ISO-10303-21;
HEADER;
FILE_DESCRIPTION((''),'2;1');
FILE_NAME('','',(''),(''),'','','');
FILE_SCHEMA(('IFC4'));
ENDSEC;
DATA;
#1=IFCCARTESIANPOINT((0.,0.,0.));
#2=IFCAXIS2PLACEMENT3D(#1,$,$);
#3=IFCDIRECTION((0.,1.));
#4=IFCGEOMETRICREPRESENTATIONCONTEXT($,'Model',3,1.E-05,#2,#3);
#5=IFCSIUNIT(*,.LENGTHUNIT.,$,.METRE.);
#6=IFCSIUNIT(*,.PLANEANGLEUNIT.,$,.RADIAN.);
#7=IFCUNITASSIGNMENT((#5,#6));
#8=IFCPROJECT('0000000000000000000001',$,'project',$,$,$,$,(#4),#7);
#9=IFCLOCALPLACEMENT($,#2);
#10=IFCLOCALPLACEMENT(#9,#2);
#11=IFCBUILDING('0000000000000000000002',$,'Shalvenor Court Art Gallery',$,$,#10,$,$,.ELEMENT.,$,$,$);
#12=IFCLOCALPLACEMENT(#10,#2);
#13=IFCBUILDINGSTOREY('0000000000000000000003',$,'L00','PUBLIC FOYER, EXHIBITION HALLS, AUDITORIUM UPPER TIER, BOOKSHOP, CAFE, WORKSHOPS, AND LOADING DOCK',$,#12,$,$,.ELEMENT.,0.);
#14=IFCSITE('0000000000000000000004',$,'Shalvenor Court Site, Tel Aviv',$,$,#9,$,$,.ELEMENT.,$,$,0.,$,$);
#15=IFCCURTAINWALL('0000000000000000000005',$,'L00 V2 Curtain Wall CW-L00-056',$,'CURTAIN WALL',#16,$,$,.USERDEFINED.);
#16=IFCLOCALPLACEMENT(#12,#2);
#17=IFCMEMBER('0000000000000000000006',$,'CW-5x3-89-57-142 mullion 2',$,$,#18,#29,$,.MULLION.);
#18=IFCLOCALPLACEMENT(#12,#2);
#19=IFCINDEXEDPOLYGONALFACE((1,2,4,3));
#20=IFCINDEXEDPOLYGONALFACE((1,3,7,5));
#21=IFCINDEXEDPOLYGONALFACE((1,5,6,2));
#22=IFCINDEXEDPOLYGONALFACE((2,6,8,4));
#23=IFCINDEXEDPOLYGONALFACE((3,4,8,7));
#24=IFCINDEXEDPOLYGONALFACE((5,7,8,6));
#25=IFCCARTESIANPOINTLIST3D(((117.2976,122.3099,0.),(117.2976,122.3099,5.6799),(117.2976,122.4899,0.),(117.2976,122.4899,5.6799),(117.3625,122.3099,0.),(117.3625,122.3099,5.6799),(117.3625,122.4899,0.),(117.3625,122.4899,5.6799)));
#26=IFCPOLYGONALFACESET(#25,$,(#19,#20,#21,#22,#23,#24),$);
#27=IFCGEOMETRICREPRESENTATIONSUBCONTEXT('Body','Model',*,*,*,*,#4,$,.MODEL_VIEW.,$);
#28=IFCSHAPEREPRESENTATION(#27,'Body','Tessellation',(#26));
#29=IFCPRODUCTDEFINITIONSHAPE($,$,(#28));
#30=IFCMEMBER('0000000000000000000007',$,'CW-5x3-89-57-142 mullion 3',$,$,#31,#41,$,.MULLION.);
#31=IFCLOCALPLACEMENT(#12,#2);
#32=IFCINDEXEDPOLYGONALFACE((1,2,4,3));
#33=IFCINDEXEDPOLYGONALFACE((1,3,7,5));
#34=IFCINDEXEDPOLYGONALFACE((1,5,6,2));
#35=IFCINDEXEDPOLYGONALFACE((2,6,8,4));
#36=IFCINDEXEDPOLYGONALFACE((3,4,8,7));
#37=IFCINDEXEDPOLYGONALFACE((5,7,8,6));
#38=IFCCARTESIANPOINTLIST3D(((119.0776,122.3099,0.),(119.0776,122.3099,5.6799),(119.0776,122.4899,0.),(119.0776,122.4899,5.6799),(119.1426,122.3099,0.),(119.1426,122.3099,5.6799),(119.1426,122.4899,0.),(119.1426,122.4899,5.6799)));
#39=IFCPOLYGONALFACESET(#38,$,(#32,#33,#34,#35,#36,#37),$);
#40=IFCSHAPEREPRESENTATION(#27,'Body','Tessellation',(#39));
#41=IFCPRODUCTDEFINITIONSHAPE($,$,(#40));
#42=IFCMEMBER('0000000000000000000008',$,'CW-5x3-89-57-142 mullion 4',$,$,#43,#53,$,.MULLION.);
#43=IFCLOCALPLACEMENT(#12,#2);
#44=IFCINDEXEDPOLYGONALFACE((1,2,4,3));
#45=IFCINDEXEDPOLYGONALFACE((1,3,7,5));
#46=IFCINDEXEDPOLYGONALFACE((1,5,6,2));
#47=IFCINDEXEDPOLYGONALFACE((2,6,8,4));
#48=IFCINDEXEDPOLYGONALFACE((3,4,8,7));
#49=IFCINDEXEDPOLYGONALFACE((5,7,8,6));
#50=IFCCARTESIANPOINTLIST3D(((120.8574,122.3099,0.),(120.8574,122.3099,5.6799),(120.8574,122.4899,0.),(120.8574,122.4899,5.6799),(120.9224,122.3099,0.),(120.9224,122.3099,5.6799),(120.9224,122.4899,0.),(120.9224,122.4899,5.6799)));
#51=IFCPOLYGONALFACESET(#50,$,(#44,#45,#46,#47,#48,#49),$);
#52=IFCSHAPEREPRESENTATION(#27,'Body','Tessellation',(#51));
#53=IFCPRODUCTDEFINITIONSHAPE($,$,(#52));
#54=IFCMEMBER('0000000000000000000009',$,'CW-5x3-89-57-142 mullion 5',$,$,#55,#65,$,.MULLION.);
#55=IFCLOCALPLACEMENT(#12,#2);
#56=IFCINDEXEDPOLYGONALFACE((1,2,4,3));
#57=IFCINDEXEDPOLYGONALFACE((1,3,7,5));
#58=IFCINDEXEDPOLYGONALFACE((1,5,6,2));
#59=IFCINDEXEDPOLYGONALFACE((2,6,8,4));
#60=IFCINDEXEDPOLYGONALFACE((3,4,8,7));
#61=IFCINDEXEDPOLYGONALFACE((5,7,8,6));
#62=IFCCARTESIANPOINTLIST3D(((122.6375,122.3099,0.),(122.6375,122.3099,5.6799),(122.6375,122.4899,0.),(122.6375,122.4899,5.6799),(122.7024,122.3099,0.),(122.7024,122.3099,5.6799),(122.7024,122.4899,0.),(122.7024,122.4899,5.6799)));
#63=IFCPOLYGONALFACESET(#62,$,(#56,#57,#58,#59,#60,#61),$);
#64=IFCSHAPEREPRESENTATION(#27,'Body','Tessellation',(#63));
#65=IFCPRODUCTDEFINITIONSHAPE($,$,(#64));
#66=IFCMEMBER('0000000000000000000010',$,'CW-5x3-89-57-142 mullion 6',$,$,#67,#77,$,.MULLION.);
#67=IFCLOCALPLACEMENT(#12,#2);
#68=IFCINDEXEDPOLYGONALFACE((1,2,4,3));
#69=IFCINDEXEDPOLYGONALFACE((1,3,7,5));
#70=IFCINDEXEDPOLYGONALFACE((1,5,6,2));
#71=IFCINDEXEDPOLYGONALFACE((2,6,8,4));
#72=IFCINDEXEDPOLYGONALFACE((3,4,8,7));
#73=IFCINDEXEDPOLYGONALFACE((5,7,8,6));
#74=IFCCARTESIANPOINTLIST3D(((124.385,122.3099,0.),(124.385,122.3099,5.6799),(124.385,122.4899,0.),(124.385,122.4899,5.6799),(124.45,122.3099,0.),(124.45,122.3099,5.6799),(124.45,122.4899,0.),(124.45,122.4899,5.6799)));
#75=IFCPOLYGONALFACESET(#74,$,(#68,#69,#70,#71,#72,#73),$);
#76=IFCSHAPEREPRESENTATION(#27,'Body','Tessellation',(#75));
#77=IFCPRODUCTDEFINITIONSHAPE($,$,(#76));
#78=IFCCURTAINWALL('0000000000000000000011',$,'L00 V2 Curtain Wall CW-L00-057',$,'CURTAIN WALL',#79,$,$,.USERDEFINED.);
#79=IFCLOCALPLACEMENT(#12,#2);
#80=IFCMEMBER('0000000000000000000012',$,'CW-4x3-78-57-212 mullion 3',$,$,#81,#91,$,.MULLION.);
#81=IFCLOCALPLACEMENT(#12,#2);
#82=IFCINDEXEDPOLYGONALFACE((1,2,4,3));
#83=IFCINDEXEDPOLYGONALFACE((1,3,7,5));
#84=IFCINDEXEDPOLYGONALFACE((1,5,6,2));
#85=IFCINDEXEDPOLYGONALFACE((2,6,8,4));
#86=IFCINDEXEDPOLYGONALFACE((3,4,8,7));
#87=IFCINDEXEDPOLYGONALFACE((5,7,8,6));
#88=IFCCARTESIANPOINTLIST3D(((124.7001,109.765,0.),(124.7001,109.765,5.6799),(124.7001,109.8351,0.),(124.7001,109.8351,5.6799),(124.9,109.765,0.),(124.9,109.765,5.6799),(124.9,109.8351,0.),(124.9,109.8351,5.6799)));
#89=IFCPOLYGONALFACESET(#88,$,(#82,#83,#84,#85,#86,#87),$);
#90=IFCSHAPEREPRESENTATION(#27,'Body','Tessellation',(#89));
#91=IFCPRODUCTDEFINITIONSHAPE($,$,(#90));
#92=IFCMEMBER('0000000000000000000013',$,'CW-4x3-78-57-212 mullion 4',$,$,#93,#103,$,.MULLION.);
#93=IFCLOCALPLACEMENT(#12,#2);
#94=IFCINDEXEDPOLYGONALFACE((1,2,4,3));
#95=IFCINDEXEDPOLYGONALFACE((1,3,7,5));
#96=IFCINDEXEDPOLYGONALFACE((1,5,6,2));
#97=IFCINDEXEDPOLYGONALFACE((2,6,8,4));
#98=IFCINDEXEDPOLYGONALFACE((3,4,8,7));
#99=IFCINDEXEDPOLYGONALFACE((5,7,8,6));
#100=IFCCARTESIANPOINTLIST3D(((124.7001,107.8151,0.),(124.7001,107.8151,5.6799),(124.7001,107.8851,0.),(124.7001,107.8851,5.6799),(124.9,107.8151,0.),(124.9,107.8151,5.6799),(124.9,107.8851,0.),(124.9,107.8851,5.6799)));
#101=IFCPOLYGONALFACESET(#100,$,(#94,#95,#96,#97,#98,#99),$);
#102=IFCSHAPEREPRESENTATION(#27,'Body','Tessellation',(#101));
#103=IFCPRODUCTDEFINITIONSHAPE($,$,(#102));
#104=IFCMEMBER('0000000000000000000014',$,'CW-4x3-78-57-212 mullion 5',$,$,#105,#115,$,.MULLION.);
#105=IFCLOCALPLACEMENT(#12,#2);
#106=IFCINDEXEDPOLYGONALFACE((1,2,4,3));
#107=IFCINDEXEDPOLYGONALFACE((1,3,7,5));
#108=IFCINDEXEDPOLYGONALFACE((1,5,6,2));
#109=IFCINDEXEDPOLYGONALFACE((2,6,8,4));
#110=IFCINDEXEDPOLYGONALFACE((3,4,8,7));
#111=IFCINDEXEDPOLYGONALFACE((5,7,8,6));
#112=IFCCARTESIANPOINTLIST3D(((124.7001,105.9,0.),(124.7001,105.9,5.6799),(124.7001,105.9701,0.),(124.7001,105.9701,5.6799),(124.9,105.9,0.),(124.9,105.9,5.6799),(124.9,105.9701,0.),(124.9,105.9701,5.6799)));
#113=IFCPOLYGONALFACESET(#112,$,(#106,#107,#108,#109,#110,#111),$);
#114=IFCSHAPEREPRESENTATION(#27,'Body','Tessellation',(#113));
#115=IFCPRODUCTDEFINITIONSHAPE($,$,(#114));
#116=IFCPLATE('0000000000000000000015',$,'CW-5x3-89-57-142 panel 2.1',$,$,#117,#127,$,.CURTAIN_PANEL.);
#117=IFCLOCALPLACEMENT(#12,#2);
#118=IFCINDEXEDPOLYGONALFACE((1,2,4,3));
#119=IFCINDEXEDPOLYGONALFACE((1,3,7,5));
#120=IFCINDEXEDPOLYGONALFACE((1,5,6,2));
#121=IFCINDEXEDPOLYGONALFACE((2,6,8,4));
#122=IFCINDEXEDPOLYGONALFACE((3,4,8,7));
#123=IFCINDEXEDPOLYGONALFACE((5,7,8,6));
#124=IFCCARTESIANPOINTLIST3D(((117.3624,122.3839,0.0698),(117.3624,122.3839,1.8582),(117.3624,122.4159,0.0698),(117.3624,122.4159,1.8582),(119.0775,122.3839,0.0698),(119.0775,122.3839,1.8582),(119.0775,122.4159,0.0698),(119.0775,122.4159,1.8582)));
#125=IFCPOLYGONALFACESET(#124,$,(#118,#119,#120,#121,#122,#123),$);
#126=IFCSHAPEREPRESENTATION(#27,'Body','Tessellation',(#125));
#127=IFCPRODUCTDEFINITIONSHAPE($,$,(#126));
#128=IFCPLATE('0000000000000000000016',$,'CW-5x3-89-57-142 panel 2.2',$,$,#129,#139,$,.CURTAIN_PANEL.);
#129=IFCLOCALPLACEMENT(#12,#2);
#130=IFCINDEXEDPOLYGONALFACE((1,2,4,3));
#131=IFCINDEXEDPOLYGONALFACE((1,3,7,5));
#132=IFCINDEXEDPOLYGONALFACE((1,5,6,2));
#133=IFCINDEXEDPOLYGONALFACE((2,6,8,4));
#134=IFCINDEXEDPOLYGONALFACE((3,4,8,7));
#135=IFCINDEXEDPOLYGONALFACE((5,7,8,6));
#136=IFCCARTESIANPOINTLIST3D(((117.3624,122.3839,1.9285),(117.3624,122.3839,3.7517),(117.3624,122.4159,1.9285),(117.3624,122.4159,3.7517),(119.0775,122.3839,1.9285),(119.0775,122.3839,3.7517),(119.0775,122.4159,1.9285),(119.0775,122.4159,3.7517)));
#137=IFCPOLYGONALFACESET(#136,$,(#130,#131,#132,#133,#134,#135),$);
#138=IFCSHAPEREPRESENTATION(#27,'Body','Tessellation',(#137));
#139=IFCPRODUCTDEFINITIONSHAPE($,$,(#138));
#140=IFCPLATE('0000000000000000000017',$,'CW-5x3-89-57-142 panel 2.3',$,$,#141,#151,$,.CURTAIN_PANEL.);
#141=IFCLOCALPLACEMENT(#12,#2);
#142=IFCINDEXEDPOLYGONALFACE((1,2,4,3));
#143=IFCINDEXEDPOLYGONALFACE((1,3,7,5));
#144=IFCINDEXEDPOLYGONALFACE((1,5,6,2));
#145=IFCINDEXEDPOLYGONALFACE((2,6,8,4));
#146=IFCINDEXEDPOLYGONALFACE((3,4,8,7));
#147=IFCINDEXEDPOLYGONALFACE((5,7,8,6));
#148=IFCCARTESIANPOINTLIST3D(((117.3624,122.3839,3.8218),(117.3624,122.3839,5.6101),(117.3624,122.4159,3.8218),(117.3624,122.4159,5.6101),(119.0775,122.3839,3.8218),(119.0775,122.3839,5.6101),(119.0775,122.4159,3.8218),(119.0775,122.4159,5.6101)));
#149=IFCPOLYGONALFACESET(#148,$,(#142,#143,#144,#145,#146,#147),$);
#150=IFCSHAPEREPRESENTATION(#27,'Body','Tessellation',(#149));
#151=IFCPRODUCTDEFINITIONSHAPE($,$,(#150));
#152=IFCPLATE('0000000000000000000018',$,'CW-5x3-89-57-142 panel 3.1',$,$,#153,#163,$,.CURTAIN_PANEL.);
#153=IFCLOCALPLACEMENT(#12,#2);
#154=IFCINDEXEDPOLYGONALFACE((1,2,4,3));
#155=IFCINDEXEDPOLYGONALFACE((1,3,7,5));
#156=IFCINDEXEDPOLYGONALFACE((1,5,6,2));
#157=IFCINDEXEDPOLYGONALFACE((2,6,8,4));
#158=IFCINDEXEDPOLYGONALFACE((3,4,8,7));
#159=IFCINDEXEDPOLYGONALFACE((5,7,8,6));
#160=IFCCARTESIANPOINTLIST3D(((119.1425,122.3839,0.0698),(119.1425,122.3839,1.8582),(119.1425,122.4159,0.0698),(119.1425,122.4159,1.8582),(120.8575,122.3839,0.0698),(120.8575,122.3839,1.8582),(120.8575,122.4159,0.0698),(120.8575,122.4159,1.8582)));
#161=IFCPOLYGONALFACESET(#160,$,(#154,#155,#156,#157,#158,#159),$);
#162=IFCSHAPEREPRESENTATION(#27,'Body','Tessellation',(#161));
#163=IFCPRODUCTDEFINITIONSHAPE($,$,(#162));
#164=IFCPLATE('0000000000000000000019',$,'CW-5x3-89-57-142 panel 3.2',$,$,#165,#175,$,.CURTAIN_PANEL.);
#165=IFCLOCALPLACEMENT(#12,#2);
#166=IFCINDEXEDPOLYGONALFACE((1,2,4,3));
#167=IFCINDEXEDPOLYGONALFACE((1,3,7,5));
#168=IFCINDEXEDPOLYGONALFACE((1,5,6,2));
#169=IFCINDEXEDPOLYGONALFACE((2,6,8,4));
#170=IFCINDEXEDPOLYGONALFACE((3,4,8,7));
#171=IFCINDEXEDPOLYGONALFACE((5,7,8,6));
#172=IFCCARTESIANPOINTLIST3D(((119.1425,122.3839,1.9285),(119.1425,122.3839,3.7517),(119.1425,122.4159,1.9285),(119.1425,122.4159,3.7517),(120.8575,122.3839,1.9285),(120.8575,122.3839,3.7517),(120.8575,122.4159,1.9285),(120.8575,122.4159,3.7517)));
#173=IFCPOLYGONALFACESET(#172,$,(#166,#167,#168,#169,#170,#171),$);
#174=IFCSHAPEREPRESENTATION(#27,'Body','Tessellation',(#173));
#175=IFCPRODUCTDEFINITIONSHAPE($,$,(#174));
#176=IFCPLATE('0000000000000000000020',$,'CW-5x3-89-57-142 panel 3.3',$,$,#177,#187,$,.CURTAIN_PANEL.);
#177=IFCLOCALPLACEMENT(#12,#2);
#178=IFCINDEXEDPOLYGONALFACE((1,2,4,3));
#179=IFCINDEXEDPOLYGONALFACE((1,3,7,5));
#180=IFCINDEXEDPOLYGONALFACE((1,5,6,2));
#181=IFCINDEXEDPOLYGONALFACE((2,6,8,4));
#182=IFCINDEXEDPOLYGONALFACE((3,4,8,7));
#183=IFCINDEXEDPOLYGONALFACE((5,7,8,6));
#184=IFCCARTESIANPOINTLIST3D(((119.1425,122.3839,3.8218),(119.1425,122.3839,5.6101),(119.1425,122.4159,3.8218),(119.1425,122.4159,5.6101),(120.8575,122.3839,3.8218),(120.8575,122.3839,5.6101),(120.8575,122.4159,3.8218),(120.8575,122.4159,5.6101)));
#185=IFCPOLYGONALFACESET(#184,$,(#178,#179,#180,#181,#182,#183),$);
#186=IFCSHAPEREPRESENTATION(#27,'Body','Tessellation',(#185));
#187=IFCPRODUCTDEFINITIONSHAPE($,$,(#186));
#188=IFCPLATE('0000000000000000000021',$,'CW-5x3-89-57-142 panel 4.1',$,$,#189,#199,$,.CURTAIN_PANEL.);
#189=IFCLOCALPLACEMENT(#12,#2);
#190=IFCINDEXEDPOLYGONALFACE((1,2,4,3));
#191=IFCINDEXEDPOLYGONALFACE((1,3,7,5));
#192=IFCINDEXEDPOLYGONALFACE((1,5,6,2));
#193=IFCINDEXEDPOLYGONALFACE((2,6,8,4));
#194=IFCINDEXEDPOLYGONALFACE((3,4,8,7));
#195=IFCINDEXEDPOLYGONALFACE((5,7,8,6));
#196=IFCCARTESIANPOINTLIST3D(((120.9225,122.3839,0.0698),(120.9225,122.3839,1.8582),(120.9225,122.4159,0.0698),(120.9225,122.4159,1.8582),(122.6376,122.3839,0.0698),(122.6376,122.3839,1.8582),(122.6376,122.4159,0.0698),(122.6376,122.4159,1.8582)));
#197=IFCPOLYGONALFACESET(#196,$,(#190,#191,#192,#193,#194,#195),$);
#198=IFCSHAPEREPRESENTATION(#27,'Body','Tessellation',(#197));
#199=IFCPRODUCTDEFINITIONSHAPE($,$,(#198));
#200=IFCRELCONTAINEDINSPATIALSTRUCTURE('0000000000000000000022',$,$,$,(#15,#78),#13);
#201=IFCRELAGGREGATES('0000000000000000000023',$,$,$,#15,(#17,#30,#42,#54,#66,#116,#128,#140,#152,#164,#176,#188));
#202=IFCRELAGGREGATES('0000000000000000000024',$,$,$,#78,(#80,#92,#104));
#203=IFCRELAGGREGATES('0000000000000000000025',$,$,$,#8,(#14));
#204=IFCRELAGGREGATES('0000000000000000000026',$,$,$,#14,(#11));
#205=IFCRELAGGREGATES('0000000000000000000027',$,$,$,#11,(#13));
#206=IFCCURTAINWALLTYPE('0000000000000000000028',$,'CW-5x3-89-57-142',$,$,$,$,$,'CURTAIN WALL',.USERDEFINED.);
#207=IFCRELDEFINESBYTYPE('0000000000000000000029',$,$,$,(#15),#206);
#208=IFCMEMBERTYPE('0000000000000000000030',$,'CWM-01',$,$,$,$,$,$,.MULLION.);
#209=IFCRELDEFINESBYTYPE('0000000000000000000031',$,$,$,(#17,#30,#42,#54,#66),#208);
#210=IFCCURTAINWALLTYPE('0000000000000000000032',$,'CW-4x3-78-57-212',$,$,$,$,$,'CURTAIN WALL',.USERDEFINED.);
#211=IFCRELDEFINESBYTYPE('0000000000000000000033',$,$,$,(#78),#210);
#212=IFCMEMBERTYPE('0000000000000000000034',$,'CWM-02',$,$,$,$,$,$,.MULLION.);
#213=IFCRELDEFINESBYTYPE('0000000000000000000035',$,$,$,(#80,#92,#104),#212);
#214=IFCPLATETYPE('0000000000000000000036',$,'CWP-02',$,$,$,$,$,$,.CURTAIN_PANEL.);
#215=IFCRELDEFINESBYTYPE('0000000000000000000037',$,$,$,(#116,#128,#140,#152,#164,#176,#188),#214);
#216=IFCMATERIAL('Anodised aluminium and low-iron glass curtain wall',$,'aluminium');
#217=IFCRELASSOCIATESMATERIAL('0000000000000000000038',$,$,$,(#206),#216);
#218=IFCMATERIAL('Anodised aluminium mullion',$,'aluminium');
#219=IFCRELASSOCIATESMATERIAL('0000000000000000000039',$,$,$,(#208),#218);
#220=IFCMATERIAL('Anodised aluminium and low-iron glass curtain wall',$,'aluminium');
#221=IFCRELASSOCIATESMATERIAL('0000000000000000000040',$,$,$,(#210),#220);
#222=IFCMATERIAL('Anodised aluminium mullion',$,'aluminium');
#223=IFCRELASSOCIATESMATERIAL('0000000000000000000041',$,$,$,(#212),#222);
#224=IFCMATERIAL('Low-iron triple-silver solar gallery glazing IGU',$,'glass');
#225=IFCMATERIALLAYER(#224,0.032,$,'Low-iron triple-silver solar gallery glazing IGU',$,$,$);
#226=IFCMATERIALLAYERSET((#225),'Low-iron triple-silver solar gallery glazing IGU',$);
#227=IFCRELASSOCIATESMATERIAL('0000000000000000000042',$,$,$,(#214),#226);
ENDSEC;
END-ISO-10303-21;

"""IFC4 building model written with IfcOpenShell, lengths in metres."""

from ifc_helpers import new_model, si_unit, direction, frame, origin, origin_2d, place, context, subcontext, project, spatial, rectangle, extrude, material, layer, layer_set, material_profile, profile_set, type_object, element, aggregate, save


model = new_model("IFC4")

# Units and contexts
model_context = context("Model", 3, precision=1e-05, world=origin(), true_north=direction((0.0, 1.0)))
body_context = subcontext(model_context, "Body", "Model", "MODEL_VIEW")
ifc_project = project(units=[si_unit("LENGTHUNIT", "METRE"), si_unit("PLANEANGLEUNIT", "RADIAN")], contexts=[model_context])

# Site, building, storey
site_placement = place(None, origin())
site = spatial("IfcSite", under=ifc_project, at=site_placement, Name="Shalvenor Court Site, Tel Aviv", CompositionType="ELEMENT", RefElevation=0.0)
building_placement = place(site_placement, origin())
building = spatial("IfcBuilding", under=site, at=building_placement, Name="Shalvenor Court Art Gallery", CompositionType="ELEMENT")
storey_placement = place(building_placement, origin())
storey = spatial("IfcBuildingStorey", under=building, at=storey_placement, Name="L00", Description="PUBLIC FOYER, EXHIBITION HALLS, AUDITORIUM UPPER TIER, BOOKSHOP, CAFE, WORKSHOPS, AND LOADING DOCK", CompositionType="ELEMENT", Elevation=0.0)

# Curtain walls, members
ifc_material_1 = material(Name="Anodised aluminium and low-iron glass curtain wall", Category="aluminium")
curtain_wall_type_1 = type_object("IfcCurtainWallType", Name="CW-5x3-89-57-142", ElementType="CURTAIN WALL", PredefinedType="USERDEFINED", material=ifc_material_1)
curtain_wall_1_placement = place(storey_placement, origin())
curtain_wall_1 = element("IfcCurtainWall", 1, at=curtain_wall_1_placement, inside=storey, type_object=curtain_wall_type_1, Name="L00 V2 Curtain Wall CW-L00-056", ObjectType="CURTAIN WALL", PredefinedType="USERDEFINED")
ifc_material_2 = material(Name="Anodised aluminium mullion", Category="aluminium")
ifc_material_profile_1 = material_profile(ifc_material_2, rectangle(XDim=0.0649, YDim=0.1799, at=origin_2d()), Name="CWM-01")
ifc_profile_set_1 = profile_set([ifc_material_profile_1], Name="Anodised aluminium mullion")
member_type_1 = type_object("IfcMemberType", Name="CWM-01", PredefinedType="MULLION", material=ifc_profile_set_1)
member_1_placement = place(storey_placement, frame((117.3301, 122.3999, 0.0), z_axis=(0.0, 0.0, 1.0), x_axis=(1.0, 0.0, 0.0)))
member_1 = element("IfcMember", 2, at=member_1_placement, type_object=member_type_1, Name="CW-5x3-89-57-142 mullion 2", PredefinedType="MULLION", context=body_context, shape_type="SweptSolid", body=[
    extrude(rectangle(XDim=0.0649, YDim=0.1799, at=origin_2d()), origin(), (0.0, 0.0, 1.0), 5.6799),
])
member_2_placement = place(storey_placement, frame((119.1101, 122.3999, 0.0), z_axis=(0.0, 0.0, 1.0), x_axis=(1.0, 0.0, 0.0)))
member_2 = element("IfcMember", 3, at=member_2_placement, type_object=member_type_1, Name="CW-5x3-89-57-142 mullion 3", PredefinedType="MULLION", context=body_context, shape_type="SweptSolid", body=[
    extrude(rectangle(XDim=0.0649, YDim=0.1799, at=origin_2d()), origin(), (0.0, 0.0, 1.0), 5.6799),
])
member_3_placement = place(storey_placement, frame((120.8899, 122.3999, 0.0), z_axis=(0.0, 0.0, 1.0), x_axis=(1.0, 0.0, 0.0)))
member_3 = element("IfcMember", 4, at=member_3_placement, type_object=member_type_1, Name="CW-5x3-89-57-142 mullion 4", PredefinedType="MULLION", context=body_context, shape_type="SweptSolid", body=[
    extrude(rectangle(XDim=0.0649, YDim=0.1799, at=origin_2d()), origin(), (0.0, 0.0, 1.0), 5.6799),
])
member_4_placement = place(storey_placement, frame((122.6699, 122.3999, 0.0), z_axis=(0.0, 0.0, 1.0), x_axis=(1.0, 0.0, 0.0)))
member_4 = element("IfcMember", 5, at=member_4_placement, type_object=member_type_1, Name="CW-5x3-89-57-142 mullion 5", PredefinedType="MULLION", context=body_context, shape_type="SweptSolid", body=[
    extrude(rectangle(XDim=0.0649, YDim=0.1799, at=origin_2d()), origin(), (0.0, 0.0, 1.0), 5.6799),
])
member_5_placement = place(storey_placement, frame((124.4175, 122.3999, 0.0), z_axis=(0.0, 0.0, 1.0), x_axis=(1.0, 0.0, 0.0)))
member_5 = element("IfcMember", 6, at=member_5_placement, type_object=member_type_1, Name="CW-5x3-89-57-142 mullion 6", PredefinedType="MULLION", context=body_context, shape_type="SweptSolid", body=[
    extrude(rectangle(XDim=0.0649, YDim=0.1799, at=origin_2d()), origin(), (0.0, 0.0, 1.0), 5.6799),
])
ifc_material_3 = material(Name="Anodised aluminium and low-iron glass curtain wall", Category="aluminium")
curtain_wall_type_2 = type_object("IfcCurtainWallType", Name="CW-4x3-78-57-212", ElementType="CURTAIN WALL", PredefinedType="USERDEFINED", material=ifc_material_3)
curtain_wall_2_placement = place(storey_placement, origin())
curtain_wall_2 = element("IfcCurtainWall", 7, at=curtain_wall_2_placement, inside=storey, type_object=curtain_wall_type_2, Name="L00 V2 Curtain Wall CW-L00-057", ObjectType="CURTAIN WALL", PredefinedType="USERDEFINED")
ifc_material_4 = material(Name="Anodised aluminium mullion", Category="aluminium")
ifc_material_profile_2 = material_profile(ifc_material_4, rectangle(XDim=0.0701, YDim=0.2, at=origin_2d()), Name="CWM-02")
ifc_profile_set_2 = profile_set([ifc_material_profile_2], Name="Anodised aluminium mullion")
member_type_2 = type_object("IfcMemberType", Name="CWM-02", PredefinedType="MULLION", material=ifc_profile_set_2)
member_6_placement = place(storey_placement, frame((124.8, 109.8, 0.0), z_axis=(0.0, 0.0, 1.0), x_axis=(0.0, -1.0, 0.0)))
member_6 = element("IfcMember", 8, at=member_6_placement, type_object=member_type_2, Name="CW-4x3-78-57-212 mullion 3", PredefinedType="MULLION", context=body_context, shape_type="SweptSolid", body=[
    extrude(rectangle(XDim=0.0701, YDim=0.2, at=origin_2d()), origin(), (0.0, 0.0, 1.0), 5.6799),
])
member_7_placement = place(storey_placement, frame((124.8, 107.8501, 0.0), z_axis=(0.0, 0.0, 1.0), x_axis=(0.0, -1.0, 0.0)))
member_7 = element("IfcMember", 9, at=member_7_placement, type_object=member_type_2, Name="CW-4x3-78-57-212 mullion 4", PredefinedType="MULLION", context=body_context, shape_type="SweptSolid", body=[
    extrude(rectangle(XDim=0.0701, YDim=0.2, at=origin_2d()), origin(), (0.0, 0.0, 1.0), 5.6799),
])
member_8_placement = place(storey_placement, frame((124.8, 105.9351, 0.0), z_axis=(0.0, 0.0, 1.0), x_axis=(0.0, -1.0, 0.0)))
member_8 = element("IfcMember", 10, at=member_8_placement, type_object=member_type_2, Name="CW-4x3-78-57-212 mullion 5", PredefinedType="MULLION", context=body_context, shape_type="SweptSolid", body=[
    extrude(rectangle(XDim=0.0701, YDim=0.2, at=origin_2d()), origin(), (0.0, 0.0, 1.0), 5.6799),
])

# Plates
ifc_material_5 = material(Name="Low-iron triple-silver solar gallery glazing IGU", Category="glass")
ifc_layer_1 = layer(ifc_material_5, 0.032, Name="Low-iron triple-silver solar gallery glazing IGU")
ifc_layer_set_1 = layer_set([ifc_layer_1], Name="Low-iron triple-silver solar gallery glazing IGU")
plate_type_1 = type_object("IfcPlateType", Name="CWP-02", PredefinedType="CURTAIN_PANEL", material=ifc_layer_set_1)
plate_1_placement = place(storey_placement, frame((118.22, 122.3999, 0.0698), z_axis=(0.0, 0.0, 1.0), x_axis=(1.0, 0.0, 0.0)))
plate_1 = element("IfcPlate", 11, at=plate_1_placement, type_object=plate_type_1, Name="CW-5x3-89-57-142 panel 2.1", PredefinedType="CURTAIN_PANEL", context=body_context, shape_type="SweptSolid", body=[
    extrude(rectangle(XDim=1.7151, YDim=0.032, at=origin_2d()), origin(), (0.0, 0.0, 1.0), 1.7883),
])
plate_2_placement = place(storey_placement, frame((118.22, 122.3999, 1.9285), z_axis=(0.0, 0.0, 1.0), x_axis=(1.0, 0.0, 0.0)))
plate_2 = element("IfcPlate", 12, at=plate_2_placement, type_object=plate_type_1, Name="CW-5x3-89-57-142 panel 2.2", PredefinedType="CURTAIN_PANEL", context=body_context, shape_type="SweptSolid", body=[
    extrude(rectangle(XDim=1.7151, YDim=0.032, at=origin_2d()), origin(), (0.0, 0.0, 1.0), 1.8232),
])
plate_3_placement = place(storey_placement, frame((118.22, 122.3999, 3.8218), z_axis=(0.0, 0.0, 1.0), x_axis=(1.0, 0.0, 0.0)))
plate_3 = element("IfcPlate", 13, at=plate_3_placement, type_object=plate_type_1, Name="CW-5x3-89-57-142 panel 2.3", PredefinedType="CURTAIN_PANEL", context=body_context, shape_type="SweptSolid", body=[
    extrude(rectangle(XDim=1.7151, YDim=0.032, at=origin_2d()), origin(), (0.0, 0.0, 1.0), 1.7883),
])
plate_4_placement = place(storey_placement, frame((120.0, 122.3999, 0.0698), z_axis=(0.0, 0.0, 1.0), x_axis=(1.0, 0.0, 0.0)))
plate_4 = element("IfcPlate", 14, at=plate_4_placement, type_object=plate_type_1, Name="CW-5x3-89-57-142 panel 3.1", PredefinedType="CURTAIN_PANEL", context=body_context, shape_type="SweptSolid", body=[
    extrude(rectangle(XDim=1.7151, YDim=0.032, at=origin_2d()), origin(), (0.0, 0.0, 1.0), 1.7883),
])
plate_5_placement = place(storey_placement, frame((120.0, 122.3999, 1.9285), z_axis=(0.0, 0.0, 1.0), x_axis=(1.0, 0.0, 0.0)))
plate_5 = element("IfcPlate", 15, at=plate_5_placement, type_object=plate_type_1, Name="CW-5x3-89-57-142 panel 3.2", PredefinedType="CURTAIN_PANEL", context=body_context, shape_type="SweptSolid", body=[
    extrude(rectangle(XDim=1.7151, YDim=0.032, at=origin_2d()), origin(), (0.0, 0.0, 1.0), 1.8232),
])
plate_6_placement = place(storey_placement, frame((120.0, 122.3999, 3.8218), z_axis=(0.0, 0.0, 1.0), x_axis=(1.0, 0.0, 0.0)))
plate_6 = element("IfcPlate", 16, at=plate_6_placement, type_object=plate_type_1, Name="CW-5x3-89-57-142 panel 3.3", PredefinedType="CURTAIN_PANEL", context=body_context, shape_type="SweptSolid", body=[
    extrude(rectangle(XDim=1.7151, YDim=0.032, at=origin_2d()), origin(), (0.0, 0.0, 1.0), 1.7883),
])
plate_7_placement = place(storey_placement, frame((121.78, 122.3999, 0.0698), z_axis=(0.0, 0.0, 1.0), x_axis=(1.0, 0.0, 0.0)))
plate_7 = element("IfcPlate", 17, at=plate_7_placement, type_object=plate_type_1, Name="CW-5x3-89-57-142 panel 4.1", PredefinedType="CURTAIN_PANEL", context=body_context, shape_type="SweptSolid", body=[
    extrude(rectangle(XDim=1.7151, YDim=0.032, at=origin_2d()), origin(), (0.0, 0.0, 1.0), 1.7883),
])
aggregate(curtain_wall_1, [member_1, member_2, member_3, member_4, member_5, plate_1, plate_2, plate_3, plate_4, plate_5, plate_6, plate_7])
aggregate(curtain_wall_2, [member_6, member_7, member_8])

save(model, "model.ifc")
